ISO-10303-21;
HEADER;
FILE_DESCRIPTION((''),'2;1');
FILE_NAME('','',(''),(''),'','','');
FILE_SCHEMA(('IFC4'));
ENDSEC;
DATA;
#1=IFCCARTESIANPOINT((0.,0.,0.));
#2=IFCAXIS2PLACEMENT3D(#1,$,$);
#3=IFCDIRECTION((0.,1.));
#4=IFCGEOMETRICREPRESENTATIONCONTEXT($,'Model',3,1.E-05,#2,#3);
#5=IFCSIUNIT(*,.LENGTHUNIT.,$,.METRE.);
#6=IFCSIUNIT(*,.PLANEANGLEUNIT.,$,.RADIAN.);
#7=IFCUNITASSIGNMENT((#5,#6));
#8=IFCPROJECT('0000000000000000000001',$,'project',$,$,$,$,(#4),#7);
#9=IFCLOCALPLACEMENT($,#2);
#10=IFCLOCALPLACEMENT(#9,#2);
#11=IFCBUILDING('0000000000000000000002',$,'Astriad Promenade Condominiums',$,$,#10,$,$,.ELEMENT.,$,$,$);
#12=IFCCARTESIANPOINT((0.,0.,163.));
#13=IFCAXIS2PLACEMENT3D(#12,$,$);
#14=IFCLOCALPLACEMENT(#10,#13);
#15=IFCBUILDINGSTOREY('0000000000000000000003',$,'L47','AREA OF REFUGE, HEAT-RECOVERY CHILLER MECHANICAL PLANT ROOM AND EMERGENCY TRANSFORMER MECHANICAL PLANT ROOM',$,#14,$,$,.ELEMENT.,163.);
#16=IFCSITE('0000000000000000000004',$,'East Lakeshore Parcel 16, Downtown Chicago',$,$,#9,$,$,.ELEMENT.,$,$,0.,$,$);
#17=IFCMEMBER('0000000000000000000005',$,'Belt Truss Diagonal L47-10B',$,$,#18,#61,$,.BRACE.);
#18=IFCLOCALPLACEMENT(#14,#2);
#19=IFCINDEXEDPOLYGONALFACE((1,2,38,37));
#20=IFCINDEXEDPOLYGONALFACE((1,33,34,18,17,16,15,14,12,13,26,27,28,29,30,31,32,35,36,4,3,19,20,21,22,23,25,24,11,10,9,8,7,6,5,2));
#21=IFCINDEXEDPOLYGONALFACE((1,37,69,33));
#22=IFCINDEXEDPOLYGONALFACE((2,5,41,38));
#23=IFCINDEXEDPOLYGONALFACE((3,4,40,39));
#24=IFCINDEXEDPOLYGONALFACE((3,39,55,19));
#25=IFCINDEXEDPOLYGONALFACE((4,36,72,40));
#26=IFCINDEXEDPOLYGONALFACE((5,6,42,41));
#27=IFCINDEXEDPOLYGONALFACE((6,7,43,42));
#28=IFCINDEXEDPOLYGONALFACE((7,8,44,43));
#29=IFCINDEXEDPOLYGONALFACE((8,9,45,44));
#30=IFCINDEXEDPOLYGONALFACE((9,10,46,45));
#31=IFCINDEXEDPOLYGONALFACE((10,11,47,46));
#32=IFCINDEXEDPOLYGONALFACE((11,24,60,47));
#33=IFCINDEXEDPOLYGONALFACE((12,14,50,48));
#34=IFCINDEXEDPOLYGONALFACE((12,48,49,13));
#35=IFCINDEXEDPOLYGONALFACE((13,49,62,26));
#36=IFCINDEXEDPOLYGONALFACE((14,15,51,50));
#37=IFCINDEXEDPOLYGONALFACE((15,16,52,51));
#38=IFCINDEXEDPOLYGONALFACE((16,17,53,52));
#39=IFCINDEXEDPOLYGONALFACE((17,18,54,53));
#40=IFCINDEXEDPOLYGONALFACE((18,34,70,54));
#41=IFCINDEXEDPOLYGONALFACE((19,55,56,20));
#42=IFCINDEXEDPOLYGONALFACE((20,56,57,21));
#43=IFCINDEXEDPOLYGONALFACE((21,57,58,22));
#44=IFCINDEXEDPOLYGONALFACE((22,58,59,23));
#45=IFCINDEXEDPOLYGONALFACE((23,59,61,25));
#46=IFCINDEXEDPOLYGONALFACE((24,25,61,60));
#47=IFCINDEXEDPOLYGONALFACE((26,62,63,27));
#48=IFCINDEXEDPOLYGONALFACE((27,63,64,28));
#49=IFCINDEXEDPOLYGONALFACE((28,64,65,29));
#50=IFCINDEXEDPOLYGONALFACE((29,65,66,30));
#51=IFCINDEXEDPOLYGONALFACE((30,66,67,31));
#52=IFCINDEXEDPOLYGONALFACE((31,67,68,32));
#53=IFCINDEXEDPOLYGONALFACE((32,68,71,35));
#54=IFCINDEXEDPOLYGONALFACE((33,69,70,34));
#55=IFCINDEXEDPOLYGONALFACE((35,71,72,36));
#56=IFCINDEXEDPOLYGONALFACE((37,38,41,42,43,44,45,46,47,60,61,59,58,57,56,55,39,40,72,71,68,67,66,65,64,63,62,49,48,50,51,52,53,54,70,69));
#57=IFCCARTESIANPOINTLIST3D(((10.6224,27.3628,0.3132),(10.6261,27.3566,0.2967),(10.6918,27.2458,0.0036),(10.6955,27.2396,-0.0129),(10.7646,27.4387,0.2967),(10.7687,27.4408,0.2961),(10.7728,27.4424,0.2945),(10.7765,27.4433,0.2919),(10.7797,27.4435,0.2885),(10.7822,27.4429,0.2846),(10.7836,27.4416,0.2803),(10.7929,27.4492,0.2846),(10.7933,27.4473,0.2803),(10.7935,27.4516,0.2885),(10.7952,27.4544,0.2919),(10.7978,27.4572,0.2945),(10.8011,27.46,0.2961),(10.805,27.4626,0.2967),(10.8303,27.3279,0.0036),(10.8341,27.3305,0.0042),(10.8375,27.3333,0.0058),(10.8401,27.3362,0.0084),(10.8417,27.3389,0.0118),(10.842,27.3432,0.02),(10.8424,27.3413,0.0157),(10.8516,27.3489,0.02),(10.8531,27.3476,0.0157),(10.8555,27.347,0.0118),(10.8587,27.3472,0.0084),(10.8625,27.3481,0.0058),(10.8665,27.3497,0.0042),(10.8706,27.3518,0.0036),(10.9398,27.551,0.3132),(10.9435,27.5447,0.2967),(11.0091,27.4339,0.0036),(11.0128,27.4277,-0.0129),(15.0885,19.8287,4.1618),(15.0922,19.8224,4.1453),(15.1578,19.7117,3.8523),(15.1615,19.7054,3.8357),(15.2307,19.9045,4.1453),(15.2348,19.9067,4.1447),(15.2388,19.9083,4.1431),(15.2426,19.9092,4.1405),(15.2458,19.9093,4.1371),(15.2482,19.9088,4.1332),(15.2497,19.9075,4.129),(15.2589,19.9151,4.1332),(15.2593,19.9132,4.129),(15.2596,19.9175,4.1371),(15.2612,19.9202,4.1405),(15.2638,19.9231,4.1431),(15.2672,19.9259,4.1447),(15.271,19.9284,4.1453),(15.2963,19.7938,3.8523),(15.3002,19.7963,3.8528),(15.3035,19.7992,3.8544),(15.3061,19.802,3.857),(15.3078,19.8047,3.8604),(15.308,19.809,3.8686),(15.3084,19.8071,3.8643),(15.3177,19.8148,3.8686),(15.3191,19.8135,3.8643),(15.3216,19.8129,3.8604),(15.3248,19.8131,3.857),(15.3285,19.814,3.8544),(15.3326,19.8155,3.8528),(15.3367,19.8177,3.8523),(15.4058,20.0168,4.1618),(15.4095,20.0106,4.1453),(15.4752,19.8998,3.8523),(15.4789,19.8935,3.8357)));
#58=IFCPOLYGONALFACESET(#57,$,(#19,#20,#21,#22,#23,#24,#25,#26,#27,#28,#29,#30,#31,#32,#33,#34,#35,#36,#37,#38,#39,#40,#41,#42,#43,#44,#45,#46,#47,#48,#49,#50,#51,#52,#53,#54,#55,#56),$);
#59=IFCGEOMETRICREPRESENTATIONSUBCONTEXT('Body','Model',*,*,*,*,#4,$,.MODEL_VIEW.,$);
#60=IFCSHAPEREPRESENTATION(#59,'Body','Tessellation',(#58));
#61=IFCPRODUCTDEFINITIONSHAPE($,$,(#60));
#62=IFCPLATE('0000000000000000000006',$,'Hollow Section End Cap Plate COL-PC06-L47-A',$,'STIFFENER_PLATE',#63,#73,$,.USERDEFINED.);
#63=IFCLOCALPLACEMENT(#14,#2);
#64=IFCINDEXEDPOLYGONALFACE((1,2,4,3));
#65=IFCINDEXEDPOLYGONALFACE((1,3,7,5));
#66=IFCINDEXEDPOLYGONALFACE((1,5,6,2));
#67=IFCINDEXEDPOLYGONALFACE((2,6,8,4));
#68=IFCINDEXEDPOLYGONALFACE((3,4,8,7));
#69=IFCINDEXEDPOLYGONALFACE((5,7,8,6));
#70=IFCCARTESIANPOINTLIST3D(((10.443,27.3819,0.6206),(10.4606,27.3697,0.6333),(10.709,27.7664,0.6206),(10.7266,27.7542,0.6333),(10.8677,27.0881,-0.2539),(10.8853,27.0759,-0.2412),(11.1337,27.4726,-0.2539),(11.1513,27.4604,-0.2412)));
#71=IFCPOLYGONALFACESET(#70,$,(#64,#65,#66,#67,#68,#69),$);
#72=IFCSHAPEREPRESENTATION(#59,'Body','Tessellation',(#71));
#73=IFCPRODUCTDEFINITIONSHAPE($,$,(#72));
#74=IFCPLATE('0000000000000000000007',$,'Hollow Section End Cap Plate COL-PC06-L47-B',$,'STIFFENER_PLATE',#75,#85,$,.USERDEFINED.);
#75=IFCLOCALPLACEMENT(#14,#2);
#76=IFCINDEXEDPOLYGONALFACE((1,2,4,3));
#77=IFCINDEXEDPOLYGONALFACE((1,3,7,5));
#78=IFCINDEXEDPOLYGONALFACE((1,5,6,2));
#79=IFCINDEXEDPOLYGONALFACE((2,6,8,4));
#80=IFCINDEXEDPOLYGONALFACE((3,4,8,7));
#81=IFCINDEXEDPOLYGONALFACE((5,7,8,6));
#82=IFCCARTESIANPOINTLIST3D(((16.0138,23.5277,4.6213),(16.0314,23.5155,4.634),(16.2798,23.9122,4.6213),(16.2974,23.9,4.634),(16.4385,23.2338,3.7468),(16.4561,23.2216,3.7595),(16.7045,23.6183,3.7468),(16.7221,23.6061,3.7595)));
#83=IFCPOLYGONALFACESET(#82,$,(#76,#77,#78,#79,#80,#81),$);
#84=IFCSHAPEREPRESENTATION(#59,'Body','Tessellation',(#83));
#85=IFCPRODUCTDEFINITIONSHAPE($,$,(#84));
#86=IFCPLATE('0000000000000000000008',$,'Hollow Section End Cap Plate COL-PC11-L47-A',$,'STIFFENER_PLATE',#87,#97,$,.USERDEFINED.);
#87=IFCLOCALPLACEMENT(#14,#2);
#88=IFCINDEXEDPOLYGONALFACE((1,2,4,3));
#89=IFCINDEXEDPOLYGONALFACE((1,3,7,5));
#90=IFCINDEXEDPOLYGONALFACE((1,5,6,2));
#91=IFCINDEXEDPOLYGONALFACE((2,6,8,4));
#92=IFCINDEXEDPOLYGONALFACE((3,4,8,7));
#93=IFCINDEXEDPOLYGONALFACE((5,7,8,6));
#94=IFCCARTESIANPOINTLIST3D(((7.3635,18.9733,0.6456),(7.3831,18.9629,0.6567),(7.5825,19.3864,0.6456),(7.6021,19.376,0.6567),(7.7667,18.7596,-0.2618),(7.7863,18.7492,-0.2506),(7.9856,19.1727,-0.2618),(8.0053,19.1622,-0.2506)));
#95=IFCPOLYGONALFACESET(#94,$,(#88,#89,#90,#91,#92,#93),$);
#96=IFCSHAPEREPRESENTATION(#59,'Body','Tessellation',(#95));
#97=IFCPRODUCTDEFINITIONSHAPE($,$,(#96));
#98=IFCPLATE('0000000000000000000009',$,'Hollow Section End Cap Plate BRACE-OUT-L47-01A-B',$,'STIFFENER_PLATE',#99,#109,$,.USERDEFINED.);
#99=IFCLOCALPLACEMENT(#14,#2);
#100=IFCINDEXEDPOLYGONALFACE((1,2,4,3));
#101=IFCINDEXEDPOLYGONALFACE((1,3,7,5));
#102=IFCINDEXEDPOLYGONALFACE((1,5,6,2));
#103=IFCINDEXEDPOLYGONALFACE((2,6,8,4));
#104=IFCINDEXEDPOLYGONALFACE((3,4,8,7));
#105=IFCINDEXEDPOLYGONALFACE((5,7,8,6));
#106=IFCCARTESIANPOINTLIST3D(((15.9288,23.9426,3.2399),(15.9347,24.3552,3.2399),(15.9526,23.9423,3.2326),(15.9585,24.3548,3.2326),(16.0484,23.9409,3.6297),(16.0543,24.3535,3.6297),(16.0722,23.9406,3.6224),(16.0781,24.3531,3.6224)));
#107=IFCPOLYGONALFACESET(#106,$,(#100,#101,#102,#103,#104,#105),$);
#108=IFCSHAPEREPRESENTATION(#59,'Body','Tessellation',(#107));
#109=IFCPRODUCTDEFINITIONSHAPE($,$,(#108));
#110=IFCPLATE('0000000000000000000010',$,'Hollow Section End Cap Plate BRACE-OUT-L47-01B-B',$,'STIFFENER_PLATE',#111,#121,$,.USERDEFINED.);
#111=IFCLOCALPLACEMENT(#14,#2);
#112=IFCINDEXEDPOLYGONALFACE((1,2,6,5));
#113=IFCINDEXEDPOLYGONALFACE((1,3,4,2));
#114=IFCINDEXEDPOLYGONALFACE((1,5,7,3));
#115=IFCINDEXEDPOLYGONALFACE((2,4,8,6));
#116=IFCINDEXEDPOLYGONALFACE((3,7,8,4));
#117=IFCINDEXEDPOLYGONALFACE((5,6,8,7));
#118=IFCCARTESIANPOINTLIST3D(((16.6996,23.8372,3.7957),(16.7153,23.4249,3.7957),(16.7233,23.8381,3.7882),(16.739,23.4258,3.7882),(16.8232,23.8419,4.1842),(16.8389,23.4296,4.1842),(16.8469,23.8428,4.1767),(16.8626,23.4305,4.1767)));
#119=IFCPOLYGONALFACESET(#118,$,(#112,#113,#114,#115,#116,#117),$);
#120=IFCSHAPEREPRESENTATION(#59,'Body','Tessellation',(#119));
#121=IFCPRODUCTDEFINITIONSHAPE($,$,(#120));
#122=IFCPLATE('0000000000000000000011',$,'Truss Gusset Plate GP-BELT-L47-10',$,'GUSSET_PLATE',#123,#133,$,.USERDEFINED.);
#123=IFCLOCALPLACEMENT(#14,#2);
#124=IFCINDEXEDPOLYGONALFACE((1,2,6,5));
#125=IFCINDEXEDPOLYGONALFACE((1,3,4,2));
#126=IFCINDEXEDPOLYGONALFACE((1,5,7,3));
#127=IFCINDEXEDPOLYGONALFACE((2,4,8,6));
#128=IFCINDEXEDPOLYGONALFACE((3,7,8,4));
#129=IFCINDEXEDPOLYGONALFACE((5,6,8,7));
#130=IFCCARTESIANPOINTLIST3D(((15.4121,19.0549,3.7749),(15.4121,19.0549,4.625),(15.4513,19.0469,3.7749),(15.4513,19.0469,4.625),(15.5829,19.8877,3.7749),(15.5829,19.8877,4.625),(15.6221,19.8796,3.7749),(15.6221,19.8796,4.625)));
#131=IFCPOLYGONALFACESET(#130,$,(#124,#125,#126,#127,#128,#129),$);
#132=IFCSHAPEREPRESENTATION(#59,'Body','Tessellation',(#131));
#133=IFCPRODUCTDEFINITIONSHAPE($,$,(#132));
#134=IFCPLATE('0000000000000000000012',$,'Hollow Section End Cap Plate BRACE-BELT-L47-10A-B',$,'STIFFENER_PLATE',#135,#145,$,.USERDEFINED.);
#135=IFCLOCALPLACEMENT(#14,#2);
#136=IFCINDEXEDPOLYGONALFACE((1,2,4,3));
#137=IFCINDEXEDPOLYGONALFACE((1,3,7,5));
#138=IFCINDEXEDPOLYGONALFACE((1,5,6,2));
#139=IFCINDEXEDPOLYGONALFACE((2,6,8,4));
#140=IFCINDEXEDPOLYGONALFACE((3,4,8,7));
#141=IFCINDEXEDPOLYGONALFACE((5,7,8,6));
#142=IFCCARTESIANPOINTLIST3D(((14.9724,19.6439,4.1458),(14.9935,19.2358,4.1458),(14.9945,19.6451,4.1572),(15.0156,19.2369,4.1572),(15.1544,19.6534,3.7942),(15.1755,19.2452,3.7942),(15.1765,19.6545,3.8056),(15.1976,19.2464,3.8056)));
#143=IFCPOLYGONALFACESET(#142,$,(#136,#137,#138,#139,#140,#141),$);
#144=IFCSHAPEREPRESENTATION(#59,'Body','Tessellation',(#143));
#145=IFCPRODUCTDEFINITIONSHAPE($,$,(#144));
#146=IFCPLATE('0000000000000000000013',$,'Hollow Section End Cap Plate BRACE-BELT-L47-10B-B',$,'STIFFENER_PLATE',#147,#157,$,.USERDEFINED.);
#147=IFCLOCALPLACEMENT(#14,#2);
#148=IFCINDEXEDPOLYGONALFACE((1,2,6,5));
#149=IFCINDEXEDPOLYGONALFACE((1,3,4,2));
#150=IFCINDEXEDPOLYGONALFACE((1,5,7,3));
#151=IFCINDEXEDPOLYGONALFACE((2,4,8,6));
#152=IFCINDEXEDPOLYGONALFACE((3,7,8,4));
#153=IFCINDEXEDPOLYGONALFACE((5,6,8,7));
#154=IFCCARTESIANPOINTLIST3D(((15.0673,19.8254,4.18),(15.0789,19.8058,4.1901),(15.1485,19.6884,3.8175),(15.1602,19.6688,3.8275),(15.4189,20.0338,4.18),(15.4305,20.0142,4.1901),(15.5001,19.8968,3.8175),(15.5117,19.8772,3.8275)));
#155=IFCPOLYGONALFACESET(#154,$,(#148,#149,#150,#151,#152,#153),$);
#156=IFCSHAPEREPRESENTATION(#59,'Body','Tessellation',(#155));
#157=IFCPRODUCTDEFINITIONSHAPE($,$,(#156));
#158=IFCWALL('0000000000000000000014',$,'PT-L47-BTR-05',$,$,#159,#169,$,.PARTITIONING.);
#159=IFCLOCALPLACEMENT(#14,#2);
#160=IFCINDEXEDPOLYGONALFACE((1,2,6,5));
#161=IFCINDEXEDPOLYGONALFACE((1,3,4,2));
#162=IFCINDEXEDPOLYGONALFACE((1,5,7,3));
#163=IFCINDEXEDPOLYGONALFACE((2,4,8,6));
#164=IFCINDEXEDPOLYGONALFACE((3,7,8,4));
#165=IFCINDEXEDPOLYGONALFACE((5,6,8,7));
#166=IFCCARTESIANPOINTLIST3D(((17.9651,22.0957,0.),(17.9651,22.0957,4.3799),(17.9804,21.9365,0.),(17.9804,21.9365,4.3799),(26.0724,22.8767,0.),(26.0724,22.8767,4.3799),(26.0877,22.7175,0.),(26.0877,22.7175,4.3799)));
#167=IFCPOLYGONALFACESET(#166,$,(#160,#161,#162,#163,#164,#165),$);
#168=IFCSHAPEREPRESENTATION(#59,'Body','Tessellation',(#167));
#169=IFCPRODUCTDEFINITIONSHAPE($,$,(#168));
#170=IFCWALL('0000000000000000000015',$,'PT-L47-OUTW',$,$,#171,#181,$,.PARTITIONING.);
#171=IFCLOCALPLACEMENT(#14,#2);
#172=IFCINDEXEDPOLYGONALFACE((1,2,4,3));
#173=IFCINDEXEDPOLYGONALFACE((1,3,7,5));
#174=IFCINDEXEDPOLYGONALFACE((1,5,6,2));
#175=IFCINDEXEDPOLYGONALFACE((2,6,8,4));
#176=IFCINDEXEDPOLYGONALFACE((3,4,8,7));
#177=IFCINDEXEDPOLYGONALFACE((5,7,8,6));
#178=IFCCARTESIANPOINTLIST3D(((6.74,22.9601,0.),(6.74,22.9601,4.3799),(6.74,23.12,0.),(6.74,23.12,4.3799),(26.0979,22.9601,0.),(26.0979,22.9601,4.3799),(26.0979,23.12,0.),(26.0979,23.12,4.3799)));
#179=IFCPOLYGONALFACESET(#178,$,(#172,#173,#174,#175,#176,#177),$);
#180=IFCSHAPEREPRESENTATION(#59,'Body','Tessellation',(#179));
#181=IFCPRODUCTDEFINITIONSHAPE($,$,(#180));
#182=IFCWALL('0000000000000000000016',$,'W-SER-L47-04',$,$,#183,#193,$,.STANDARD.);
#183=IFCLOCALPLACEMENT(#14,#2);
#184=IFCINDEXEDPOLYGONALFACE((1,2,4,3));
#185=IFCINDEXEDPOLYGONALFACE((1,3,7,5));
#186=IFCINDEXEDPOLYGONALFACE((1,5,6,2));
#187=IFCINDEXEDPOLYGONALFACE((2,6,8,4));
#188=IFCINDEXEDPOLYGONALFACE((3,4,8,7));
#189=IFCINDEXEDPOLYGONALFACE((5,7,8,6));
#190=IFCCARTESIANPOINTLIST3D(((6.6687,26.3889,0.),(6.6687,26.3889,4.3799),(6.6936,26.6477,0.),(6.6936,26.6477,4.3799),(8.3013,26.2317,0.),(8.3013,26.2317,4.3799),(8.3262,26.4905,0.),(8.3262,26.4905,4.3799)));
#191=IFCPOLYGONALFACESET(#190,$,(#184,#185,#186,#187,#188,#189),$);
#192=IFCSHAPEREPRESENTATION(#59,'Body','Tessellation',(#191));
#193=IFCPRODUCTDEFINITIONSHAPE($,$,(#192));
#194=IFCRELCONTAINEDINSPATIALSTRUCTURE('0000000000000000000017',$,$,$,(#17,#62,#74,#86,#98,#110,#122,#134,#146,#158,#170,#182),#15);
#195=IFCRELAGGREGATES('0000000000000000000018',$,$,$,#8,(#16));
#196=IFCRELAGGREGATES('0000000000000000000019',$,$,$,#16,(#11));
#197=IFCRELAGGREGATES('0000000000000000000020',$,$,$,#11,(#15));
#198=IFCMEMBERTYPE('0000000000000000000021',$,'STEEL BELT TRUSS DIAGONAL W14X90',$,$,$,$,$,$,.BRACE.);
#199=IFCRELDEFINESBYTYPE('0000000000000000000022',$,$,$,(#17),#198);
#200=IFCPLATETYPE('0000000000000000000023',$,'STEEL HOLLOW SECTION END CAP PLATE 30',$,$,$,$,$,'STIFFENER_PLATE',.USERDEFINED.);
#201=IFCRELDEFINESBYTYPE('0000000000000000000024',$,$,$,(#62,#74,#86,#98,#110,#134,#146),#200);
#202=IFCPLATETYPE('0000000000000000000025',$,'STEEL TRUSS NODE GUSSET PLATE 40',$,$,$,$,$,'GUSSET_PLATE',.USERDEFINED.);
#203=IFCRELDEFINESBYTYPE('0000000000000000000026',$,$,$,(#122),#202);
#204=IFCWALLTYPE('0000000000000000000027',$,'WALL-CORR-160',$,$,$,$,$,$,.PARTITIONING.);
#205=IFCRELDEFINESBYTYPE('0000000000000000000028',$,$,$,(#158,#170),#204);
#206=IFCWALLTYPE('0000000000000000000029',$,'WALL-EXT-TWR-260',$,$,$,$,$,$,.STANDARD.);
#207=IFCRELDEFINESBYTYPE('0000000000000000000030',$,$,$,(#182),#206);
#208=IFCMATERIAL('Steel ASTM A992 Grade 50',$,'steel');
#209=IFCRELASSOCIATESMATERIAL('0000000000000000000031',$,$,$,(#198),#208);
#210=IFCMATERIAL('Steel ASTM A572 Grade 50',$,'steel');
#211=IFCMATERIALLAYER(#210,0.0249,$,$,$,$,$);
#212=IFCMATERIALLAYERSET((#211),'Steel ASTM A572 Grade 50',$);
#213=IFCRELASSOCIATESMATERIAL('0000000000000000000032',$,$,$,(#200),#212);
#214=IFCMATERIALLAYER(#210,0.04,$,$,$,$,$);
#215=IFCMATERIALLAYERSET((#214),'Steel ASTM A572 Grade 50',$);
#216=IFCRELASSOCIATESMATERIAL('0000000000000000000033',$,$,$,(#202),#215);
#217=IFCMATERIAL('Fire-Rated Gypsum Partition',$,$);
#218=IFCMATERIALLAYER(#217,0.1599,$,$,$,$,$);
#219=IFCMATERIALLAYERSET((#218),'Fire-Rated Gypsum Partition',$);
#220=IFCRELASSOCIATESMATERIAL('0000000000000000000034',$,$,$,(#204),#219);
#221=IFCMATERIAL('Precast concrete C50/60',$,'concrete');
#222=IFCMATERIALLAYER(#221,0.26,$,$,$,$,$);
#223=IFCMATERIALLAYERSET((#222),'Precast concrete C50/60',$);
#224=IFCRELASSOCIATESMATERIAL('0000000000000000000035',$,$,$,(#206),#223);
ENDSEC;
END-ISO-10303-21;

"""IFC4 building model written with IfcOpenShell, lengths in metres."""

from ifc_helpers import new_model, si_unit, direction, frame, frame_2d, origin, origin_2d, place, context, subcontext, project, spatial, rectangle, i_section, extrude, source, transform, mapped, material, layer, layer_set, material_profile, profile_set, type_object, type_shapes, element, save


model = new_model("IFC4")

# Units and contexts
model_context = context("Model", 3, precision=1e-05, world=origin(), true_north=direction((0.0, 1.0)))
body_context = subcontext(model_context, "Body", "Model", "MODEL_VIEW")
ifc_project = project(units=[si_unit("LENGTHUNIT", "METRE"), si_unit("PLANEANGLEUNIT", "RADIAN")], contexts=[model_context])

# Site, building, storey
site_placement = place(None, origin())
site = spatial("IfcSite", under=ifc_project, at=site_placement, Name="East Lakeshore Parcel 16, Downtown Chicago", CompositionType="ELEMENT", RefElevation=0.0)
building_placement = place(site_placement, origin())
building = spatial("IfcBuilding", under=site, at=building_placement, Name="Astriad Promenade Condominiums", CompositionType="ELEMENT")
storey_placement = place(building_placement, frame((0.0, 0.0, 163.0)))
storey = spatial("IfcBuildingStorey", under=building, at=storey_placement, Name="L47", Description="AREA OF REFUGE, HEAT-RECOVERY CHILLER MECHANICAL PLANT ROOM AND EMERGENCY TRANSFORMER MECHANICAL PLANT ROOM", CompositionType="ELEMENT", Elevation=163.0)

# Shared definitions
ifc_material_1 = material(Name="Steel ASTM A992 Grade 50", Category="steel")

# Member
ifc_material_profile_1 = material_profile(ifc_material_1, i_section(OverallWidth=0.3689, OverallDepth=0.3562, WebThickness=0.0112, FlangeThickness=0.0181, FilletRadius=0.0178, at=origin_2d()), Name="W14X90")
ifc_profile_set_1 = profile_set([ifc_material_profile_1], Name="Steel ASTM A992 Grade 50")
member_type_1 = type_object("IfcMemberType", Name="STEEL BELT TRUSS DIAGONAL W14X90", PredefinedType="BRACE", material=ifc_profile_set_1)
shared_shape_1 = source(origin(), body_context, "Body", "SweptSolid", [
    extrude(i_section(OverallWidth=0.3689, OverallDepth=0.3562, WebThickness=0.0112, FlangeThickness=0.0181, FilletRadius=0.0178, at=origin_2d()), origin(), (0.0, 0.0, 1.0), 9.5667),
])
member_1_placement = place(storey_placement, frame((10.8176, 27.3953, 0.1501), z_axis=(0.466835, -0.787543, 0.402295), x_axis=(0.860223, 0.509918, 0.0)))
element("IfcMember", 1, at=member_1_placement, inside=storey, type_object=member_type_1, Name="Belt Truss Diagonal L47-10B", PredefinedType="BRACE", context=body_context, shape_type="MappedRepresentation", body=[
    mapped(shared_shape_1, transform((0.0, 0.0, 0.0), scale=1.0)),
])

# Plates
ifc_material_2 = material(Name="Steel ASTM A572 Grade 50", Category="steel")
ifc_layer_1 = layer(ifc_material_2, 0.0249)
ifc_layer_set_1 = layer_set([ifc_layer_1], Name="Steel ASTM A572 Grade 50")
plate_type_1 = type_object("IfcPlateType", Name="STEEL HOLLOW SECTION END CAP PLATE 30", ElementType="STIFFENER_PLATE", PredefinedType="USERDEFINED", material=ifc_layer_set_1)
shared_shape_2 = source(origin(), body_context, "Body", "SweptSolid", [
    extrude(rectangle(XDim=0.4675, YDim=1.0156, at=origin_2d()), origin(), (0.0, 0.0, 1.0), 0.0249),
])
for number, where, z_axis, x_axis, name in (
    (2, (10.7883, 27.4272, 0.1833), (0.708094, -0.489906, 0.508523), (0.568964, 0.822362, 0.0), "Hollow Section End Cap Plate COL-PC06-L47-A"),
    (3, (16.3591, 23.573, 4.1841), (0.708094, -0.489906, 0.508523), (0.568964, 0.822362, 0.0), "Hollow Section End Cap Plate COL-PC06-L47-B"),
    (4, (7.6746, 19.073, 0.1919), (0.789315, -0.418435, 0.449325), (0.46838, 0.883527, 0.0), "Hollow Section End Cap Plate COL-PC11-L47-A"),
):
    element("IfcPlate", number, at=place(storey_placement, frame(where, z_axis=z_axis, x_axis=x_axis)), inside=storey, type_object=plate_type_1, Name=name, ObjectType="STIFFENER_PLATE", PredefinedType="USERDEFINED", context=body_context, shape_type="MappedRepresentation", body=[
        mapped(shared_shape_2, transform((0.0, 0.0, 0.0), scale=1.0)),
    ])
shared_shape_3 = source(origin(), body_context, "Body", "SweptSolid", [
    extrude(rectangle(XDim=0.4126, YDim=0.4077, at=origin_2d()), origin(), (0.0, 0.0, 1.0), 0.0249),
])
for number, where, z_axis, x_axis, name in (
    (5, (16.0154, 24.1477, 3.4275), (-0.955896, 0.013606, 0.293389), (-0.014232, -0.999899, 0.0), "Hollow Section End Cap Plate BRACE-OUT-L47-01A-B"),
    (6, (16.793, 23.6343, 3.9824), (-0.952145, -0.036259, 0.303488), (0.038054, -0.999276, 0.0), "Hollow Section End Cap Plate BRACE-OUT-L47-01B-B"),
):
    element("IfcPlate", number, at=place(storey_placement, frame(where, z_axis=z_axis, x_axis=x_axis)), inside=storey, type_object=plate_type_1, Name=name, ObjectType="STIFFENER_PLATE", PredefinedType="USERDEFINED", context=body_context, shape_type="MappedRepresentation", body=[
        mapped(shared_shape_3, transform((0.0, 0.0, 0.0), scale=1.0)),
    ])
ifc_layer_2 = layer(ifc_material_2, 0.04)
ifc_layer_set_2 = layer_set([ifc_layer_2], Name="Steel ASTM A572 Grade 50")
plate_type_2 = type_object("IfcPlateType", Name="STEEL TRUSS NODE GUSSET PLATE 40", ElementType="GUSSET_PLATE", PredefinedType="USERDEFINED", material=ifc_layer_set_2)
shared_shape_4 = source(origin(), body_context, "Body", "SweptSolid", [
    extrude(rectangle(XDim=0.8501, YDim=0.04, at=origin_2d()), origin(), (0.0, 0.0, 1.0), 0.8501),
])
type_shapes(plate_type_2, [shared_shape_4])
plate_placement = place(storey_placement, frame((15.5171, 19.4673, 3.7749), z_axis=(0.0, 0.0, 1.0), x_axis=(0.200907, 0.97961, 0.0)))
element("IfcPlate", 7, at=plate_placement, inside=storey, type_object=plate_type_2, Name="Truss Gusset Plate GP-BELT-L47-10", ObjectType="GUSSET_PLATE", PredefinedType="USERDEFINED", context=body_context, shape_type="MappedRepresentation", body=[
    mapped(shared_shape_4, transform((0.0, 0.0, 0.0), scale=1.0)),
])
shared_shape_5 = source(origin(), body_context, "Body", "SweptSolid", [
    extrude(rectangle(XDim=0.4087, YDim=0.396, at=origin_2d()), origin(), (0.0, 0.0, 1.0), 0.0249),
])
type_shapes(plate_type_1, [shared_shape_2, shared_shape_3, shared_shape_5])
for number, where, z_axis, x_axis, name in (
    (8, (15.074, 19.4446, 3.97), (0.88665, 0.045879, 0.46016), (-0.051675, 0.998664, 0.0), "Hollow Section End Cap Plate BRACE-BELT-L47-10A-B"),
    (9, (15.2837, 19.8611, 3.9988), (0.466839, -0.787536, 0.402303), (0.860219, 0.509925, 0.0), "Hollow Section End Cap Plate BRACE-BELT-L47-10B-B"),
):
    element("IfcPlate", number, at=place(storey_placement, frame(where, z_axis=z_axis, x_axis=x_axis)), inside=storey, type_object=plate_type_1, Name=name, ObjectType="STIFFENER_PLATE", PredefinedType="USERDEFINED", context=body_context, shape_type="MappedRepresentation", body=[
        mapped(shared_shape_5, transform((0.0, 0.0, 0.0), scale=1.0)),
    ])

# Walls
ifc_material_3 = material(Name="Fire-Rated Gypsum Partition")
ifc_layer_3 = layer(ifc_material_3, 0.1599)
ifc_layer_set_3 = layer_set([ifc_layer_3], Name="Fire-Rated Gypsum Partition")
wall_type_1 = type_object("IfcWallType", Name="WALL-CORR-160", PredefinedType="PARTITIONING", material=ifc_layer_set_3)
wall_1_placement = place(storey_placement, frame((17.9729, 22.0161, 0.0), z_axis=(0.0, 0.0, 1.0), x_axis=(0.995392, 0.095891, 0.0)))
element("IfcWall", 10, at=wall_1_placement, inside=storey, type_object=wall_type_1, Name="PT-L47-BTR-05", PredefinedType="PARTITIONING", context=body_context, shape_type="SweptSolid", body=[
    extrude(rectangle(XDim=8.1448, YDim=0.1599, at=frame_2d((4.0723, 0.0))), origin(), (0.0, 0.0, 1.0), 4.3799),
])
wall_2_placement = place(storey_placement, frame((6.74, 23.04, 0.0), z_axis=(0.0, 0.0, 1.0), x_axis=(1.0, 0.0, 0.0)))
element("IfcWall", 11, at=wall_2_placement, inside=storey, type_object=wall_type_1, Name="PT-L47-OUTW", PredefinedType="PARTITIONING", context=body_context, shape_type="SweptSolid", body=[
    extrude(rectangle(XDim=19.3579, YDim=0.1599, at=frame_2d((9.679, 0.0))), origin(), (0.0, 0.0, 1.0), 4.3799),
])
ifc_material_4 = material(Name="Precast concrete C50/60", Category="concrete")
ifc_layer_4 = layer(ifc_material_4, 0.26)
ifc_layer_set_4 = layer_set([ifc_layer_4], Name="Precast concrete C50/60")
wall_type_2 = type_object("IfcWallType", Name="WALL-EXT-TWR-260", PredefinedType="STANDARD", material=ifc_layer_set_4)
wall_3_placement = place(storey_placement, frame((6.6812, 26.5183, 0.0), z_axis=(0.0, 0.0, 1.0), x_axis=(0.995395, -0.095863, 0.0)))
element("IfcWall", 12, at=wall_3_placement, inside=storey, type_object=wall_type_2, Name="W-SER-L47-04", PredefinedType="STANDARD", context=body_context, shape_type="SweptSolid", body=[
    extrude(rectangle(XDim=1.6401, YDim=0.26, at=frame_2d((0.8201, 0.0))), origin(), (0.0, 0.0, 1.0), 4.3799),
])

save(model, "model.ifc")
